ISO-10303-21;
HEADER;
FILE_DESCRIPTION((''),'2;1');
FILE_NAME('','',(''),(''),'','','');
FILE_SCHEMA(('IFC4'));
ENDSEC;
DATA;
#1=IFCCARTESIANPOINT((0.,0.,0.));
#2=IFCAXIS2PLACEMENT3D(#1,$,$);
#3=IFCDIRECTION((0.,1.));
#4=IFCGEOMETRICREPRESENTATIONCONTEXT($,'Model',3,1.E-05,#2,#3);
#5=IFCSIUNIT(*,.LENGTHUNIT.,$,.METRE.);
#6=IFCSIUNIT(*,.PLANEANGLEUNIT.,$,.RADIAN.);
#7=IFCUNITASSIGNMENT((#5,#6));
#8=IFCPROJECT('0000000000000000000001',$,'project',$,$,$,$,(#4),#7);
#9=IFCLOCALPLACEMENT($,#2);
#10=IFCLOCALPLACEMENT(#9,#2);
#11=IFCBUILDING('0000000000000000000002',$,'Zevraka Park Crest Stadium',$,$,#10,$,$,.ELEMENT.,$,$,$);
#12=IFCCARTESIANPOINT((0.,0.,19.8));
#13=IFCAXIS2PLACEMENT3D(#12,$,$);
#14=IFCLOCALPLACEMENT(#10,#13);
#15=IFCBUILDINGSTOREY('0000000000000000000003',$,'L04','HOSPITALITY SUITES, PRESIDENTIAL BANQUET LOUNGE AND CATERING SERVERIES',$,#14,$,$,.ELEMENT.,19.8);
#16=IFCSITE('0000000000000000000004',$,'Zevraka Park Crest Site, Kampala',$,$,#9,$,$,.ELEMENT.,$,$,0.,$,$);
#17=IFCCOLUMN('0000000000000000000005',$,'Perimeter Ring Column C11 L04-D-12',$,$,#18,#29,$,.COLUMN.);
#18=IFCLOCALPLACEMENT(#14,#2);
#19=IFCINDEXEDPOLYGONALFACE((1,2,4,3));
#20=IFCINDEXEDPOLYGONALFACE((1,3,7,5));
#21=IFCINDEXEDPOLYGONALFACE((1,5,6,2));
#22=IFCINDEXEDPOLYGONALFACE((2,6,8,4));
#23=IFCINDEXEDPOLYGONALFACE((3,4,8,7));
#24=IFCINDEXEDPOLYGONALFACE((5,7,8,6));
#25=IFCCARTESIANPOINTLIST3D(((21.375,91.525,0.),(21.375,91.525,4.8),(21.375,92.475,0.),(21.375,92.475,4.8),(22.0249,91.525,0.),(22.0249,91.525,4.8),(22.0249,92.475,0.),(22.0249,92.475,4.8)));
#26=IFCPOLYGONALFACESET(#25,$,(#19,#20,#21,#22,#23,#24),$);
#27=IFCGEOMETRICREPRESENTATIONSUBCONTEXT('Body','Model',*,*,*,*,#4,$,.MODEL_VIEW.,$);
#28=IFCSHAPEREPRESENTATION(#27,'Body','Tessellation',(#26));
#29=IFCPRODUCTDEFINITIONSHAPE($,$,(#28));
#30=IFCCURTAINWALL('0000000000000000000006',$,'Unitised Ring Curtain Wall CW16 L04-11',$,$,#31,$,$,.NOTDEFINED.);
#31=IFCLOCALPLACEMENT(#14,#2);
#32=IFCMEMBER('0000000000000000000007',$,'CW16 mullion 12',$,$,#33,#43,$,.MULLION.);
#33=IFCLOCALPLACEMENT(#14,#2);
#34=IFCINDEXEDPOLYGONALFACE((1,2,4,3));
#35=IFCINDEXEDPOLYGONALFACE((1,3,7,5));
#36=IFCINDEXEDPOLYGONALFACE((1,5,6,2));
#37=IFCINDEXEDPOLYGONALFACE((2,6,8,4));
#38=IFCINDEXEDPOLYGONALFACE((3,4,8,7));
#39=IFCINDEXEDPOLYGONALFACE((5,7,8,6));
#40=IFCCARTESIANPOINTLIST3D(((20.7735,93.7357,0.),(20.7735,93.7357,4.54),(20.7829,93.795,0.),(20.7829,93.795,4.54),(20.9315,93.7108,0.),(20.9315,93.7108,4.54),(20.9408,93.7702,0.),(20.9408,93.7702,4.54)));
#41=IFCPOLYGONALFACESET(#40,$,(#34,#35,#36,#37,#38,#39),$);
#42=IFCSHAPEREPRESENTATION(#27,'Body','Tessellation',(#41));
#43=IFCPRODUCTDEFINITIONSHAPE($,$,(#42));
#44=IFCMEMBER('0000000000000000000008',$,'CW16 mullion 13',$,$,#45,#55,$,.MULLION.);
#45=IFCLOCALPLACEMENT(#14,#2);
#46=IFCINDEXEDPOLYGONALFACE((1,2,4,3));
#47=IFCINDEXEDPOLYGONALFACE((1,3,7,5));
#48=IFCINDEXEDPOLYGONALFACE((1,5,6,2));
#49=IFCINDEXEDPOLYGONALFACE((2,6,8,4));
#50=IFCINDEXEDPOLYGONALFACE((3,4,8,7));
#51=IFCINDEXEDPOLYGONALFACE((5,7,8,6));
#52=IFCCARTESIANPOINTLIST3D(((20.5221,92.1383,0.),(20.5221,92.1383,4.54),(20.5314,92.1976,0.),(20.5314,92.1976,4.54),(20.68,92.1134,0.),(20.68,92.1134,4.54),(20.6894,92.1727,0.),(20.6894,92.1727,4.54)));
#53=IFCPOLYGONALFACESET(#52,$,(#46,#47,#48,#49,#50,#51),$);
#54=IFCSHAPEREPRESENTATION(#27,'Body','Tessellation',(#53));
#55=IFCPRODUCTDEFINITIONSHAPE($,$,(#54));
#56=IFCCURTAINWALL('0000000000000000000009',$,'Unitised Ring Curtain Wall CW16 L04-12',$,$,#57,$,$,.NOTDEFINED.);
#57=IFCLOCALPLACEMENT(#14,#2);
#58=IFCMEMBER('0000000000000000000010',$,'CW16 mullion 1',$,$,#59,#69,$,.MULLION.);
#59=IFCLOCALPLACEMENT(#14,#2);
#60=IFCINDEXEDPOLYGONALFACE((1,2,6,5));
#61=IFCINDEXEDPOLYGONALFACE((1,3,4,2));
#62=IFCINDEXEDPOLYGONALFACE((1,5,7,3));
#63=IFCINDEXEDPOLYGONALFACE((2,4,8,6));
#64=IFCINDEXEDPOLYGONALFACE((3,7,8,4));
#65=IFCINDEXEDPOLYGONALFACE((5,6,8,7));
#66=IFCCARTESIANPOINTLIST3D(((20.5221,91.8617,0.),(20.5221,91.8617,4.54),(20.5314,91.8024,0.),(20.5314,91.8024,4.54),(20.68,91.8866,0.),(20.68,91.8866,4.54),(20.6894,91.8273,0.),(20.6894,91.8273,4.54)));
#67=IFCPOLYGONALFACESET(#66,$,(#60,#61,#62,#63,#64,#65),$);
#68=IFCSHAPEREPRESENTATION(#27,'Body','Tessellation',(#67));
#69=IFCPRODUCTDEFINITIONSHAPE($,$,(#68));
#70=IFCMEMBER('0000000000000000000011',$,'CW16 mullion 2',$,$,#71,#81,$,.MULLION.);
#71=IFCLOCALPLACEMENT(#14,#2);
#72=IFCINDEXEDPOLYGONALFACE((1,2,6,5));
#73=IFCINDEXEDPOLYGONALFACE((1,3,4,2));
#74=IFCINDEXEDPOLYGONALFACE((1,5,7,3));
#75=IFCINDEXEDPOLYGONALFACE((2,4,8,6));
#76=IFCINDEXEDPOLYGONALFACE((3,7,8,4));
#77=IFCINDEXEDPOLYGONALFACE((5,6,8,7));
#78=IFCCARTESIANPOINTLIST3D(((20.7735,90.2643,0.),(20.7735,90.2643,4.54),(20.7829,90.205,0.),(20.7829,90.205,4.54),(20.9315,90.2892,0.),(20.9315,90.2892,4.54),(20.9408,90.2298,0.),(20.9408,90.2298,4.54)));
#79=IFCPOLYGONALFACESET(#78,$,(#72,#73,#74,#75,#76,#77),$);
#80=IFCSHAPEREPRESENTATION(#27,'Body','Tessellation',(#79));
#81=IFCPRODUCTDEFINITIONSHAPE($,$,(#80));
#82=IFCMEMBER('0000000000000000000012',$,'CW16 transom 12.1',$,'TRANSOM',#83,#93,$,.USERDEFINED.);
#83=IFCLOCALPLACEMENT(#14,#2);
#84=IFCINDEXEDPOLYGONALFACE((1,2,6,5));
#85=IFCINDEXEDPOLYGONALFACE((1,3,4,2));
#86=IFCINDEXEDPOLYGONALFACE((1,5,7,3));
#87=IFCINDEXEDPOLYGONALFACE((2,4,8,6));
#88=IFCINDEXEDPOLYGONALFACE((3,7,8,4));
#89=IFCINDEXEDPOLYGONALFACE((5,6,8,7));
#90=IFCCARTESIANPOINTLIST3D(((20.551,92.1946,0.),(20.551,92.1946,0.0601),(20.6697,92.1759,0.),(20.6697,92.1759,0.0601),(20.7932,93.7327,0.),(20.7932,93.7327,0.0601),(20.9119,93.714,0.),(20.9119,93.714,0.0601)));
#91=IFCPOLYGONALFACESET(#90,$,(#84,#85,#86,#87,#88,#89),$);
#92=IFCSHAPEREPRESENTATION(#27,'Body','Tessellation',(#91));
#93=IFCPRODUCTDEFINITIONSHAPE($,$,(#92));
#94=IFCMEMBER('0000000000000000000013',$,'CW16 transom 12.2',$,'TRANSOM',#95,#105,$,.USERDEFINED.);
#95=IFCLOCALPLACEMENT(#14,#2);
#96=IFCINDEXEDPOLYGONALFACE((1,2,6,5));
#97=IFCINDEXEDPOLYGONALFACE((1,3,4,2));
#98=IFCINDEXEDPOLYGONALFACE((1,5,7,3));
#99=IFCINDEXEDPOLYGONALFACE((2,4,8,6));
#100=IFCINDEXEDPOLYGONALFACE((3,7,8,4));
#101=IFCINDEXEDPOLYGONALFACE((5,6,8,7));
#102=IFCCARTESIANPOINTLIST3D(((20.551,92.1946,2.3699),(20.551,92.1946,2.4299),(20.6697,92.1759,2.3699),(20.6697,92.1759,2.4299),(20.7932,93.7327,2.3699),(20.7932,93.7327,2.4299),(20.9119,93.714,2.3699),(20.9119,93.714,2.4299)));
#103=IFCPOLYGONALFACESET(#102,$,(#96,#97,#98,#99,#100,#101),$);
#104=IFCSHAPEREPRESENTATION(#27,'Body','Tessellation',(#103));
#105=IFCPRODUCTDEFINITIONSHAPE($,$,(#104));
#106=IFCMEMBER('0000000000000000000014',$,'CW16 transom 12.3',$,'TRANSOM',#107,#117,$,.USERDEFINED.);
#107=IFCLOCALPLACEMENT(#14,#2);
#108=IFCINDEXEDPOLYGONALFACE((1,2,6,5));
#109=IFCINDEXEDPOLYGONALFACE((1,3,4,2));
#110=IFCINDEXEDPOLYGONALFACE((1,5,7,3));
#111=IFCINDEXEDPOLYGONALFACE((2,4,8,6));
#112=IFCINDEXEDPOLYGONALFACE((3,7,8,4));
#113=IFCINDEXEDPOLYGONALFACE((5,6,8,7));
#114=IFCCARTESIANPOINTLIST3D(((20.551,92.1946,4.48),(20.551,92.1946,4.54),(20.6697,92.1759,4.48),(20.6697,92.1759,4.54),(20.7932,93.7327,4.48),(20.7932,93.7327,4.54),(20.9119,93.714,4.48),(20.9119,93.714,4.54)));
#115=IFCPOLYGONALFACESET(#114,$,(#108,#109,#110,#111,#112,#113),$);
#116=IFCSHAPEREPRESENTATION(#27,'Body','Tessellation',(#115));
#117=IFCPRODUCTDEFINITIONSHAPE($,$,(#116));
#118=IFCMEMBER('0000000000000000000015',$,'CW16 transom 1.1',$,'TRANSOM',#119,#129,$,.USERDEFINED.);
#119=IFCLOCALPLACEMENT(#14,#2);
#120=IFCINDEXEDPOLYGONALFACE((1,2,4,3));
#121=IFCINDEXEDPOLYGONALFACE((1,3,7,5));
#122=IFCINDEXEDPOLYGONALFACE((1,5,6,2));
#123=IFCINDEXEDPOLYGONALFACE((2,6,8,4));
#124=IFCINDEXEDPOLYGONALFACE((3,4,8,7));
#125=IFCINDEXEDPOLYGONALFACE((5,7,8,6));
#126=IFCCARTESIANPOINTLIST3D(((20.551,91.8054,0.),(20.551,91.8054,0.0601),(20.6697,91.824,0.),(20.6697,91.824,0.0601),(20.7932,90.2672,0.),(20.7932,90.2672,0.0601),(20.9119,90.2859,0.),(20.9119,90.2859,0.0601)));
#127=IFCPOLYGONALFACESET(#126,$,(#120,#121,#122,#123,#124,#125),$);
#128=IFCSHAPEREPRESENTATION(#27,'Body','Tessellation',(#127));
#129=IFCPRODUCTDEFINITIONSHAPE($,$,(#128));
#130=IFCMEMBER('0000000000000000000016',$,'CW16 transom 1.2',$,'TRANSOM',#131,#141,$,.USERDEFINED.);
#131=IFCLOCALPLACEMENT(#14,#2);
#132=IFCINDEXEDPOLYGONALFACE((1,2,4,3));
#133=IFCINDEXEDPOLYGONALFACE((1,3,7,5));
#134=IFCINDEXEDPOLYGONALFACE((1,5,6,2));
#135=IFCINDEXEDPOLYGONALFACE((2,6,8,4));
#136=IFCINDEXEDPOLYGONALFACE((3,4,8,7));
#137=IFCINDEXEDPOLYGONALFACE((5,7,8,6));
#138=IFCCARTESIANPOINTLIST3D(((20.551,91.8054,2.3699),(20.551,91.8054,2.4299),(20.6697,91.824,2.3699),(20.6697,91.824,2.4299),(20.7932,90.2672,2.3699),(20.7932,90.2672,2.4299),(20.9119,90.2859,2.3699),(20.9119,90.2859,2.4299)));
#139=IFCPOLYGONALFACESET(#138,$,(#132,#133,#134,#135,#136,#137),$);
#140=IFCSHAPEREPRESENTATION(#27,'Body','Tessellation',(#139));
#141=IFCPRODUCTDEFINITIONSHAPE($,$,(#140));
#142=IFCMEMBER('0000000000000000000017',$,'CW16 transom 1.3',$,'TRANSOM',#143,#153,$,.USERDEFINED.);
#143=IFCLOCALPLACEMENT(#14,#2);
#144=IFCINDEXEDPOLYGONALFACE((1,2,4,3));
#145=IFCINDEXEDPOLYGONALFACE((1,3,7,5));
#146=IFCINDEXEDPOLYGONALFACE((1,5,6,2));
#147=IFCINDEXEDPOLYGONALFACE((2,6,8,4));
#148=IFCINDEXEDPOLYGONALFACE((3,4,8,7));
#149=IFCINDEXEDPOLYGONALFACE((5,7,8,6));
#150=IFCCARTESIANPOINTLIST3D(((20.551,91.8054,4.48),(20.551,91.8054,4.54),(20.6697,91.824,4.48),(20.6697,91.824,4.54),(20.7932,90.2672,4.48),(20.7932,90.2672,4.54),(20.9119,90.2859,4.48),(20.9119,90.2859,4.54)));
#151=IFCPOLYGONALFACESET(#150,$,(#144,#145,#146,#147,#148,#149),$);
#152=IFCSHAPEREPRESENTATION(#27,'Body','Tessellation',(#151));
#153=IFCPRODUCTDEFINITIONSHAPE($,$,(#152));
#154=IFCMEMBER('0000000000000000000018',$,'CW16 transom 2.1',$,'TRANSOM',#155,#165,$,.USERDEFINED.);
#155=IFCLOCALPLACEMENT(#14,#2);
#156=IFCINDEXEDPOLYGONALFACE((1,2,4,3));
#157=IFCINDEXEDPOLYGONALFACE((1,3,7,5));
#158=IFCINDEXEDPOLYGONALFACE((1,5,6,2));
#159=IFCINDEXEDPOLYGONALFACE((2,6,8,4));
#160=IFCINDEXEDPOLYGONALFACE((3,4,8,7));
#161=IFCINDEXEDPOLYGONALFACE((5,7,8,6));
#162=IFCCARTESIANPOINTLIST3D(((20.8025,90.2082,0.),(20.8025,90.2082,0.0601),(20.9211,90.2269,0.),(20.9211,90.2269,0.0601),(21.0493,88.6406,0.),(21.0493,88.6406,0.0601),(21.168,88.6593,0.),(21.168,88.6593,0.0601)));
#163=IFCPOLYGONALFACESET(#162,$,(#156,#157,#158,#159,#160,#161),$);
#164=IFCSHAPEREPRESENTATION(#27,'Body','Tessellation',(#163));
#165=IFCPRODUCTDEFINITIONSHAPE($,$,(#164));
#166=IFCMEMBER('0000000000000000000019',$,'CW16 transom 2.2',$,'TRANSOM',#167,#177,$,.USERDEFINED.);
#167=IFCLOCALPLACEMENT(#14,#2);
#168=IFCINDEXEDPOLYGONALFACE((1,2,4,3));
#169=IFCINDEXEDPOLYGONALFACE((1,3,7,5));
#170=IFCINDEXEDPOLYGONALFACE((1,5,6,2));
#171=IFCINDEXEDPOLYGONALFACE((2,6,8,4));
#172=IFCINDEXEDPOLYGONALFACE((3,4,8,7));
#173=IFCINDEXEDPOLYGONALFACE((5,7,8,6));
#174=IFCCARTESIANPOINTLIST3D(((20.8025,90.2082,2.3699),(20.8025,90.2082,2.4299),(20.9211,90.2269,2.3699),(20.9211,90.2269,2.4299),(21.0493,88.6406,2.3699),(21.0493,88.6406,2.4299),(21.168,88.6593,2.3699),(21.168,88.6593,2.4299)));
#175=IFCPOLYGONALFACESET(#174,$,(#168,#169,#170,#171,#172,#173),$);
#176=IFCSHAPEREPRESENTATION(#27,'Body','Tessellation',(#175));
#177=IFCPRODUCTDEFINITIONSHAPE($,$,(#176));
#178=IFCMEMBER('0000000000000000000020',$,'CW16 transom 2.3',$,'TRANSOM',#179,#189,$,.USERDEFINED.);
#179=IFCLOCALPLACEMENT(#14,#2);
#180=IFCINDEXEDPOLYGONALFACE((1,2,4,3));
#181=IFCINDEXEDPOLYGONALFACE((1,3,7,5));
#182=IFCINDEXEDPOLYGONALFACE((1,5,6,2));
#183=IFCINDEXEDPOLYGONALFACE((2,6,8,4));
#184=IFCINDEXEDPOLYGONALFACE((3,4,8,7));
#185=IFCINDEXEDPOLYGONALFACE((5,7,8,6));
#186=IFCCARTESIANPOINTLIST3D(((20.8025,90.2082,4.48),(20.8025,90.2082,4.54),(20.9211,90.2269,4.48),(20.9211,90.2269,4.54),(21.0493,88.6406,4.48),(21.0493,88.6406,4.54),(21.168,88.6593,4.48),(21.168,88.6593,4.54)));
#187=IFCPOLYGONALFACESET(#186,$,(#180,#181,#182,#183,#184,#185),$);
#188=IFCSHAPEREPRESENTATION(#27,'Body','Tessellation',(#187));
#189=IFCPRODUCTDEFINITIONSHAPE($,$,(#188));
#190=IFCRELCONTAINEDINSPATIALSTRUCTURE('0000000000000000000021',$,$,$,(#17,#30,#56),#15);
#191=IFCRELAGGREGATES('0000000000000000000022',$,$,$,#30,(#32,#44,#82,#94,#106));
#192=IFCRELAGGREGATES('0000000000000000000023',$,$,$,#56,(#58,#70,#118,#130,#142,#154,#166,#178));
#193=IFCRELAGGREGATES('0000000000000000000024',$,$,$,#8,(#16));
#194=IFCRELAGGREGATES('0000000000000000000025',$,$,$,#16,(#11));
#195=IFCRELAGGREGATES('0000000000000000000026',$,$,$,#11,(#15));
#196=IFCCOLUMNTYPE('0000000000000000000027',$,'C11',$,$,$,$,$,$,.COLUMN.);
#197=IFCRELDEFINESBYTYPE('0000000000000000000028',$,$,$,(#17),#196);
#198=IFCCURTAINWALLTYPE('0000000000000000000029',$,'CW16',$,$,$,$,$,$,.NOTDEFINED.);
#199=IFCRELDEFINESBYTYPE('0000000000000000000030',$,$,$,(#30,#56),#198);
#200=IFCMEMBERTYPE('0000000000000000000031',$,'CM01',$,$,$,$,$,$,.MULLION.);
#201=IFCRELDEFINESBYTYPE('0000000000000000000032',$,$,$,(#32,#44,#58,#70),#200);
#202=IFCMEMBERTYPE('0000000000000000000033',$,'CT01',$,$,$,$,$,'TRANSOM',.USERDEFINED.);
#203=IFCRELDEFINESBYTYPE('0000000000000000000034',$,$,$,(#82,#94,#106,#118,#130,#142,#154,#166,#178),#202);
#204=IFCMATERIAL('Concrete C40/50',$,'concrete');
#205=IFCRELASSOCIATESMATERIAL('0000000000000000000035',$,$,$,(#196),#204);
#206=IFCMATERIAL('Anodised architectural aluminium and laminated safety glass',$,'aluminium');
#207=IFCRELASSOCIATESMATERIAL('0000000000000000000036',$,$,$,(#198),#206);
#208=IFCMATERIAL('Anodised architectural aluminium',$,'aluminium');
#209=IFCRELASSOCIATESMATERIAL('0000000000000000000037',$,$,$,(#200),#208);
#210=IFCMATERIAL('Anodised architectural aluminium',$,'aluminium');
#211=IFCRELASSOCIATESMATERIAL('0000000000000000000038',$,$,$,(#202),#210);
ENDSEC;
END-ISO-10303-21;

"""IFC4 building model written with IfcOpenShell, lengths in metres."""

from ifc_helpers import new_model, si_unit, direction, frame, origin, origin_2d, place, context, subcontext, project, spatial, rectangle, extrude, material, material_profile, profile_set, type_object, element, aggregate, save


model = new_model("IFC4")

# Units and contexts
model_context = context("Model", 3, precision=1e-05, world=origin(), true_north=direction((0.0, 1.0)))
body_context = subcontext(model_context, "Body", "Model", "MODEL_VIEW")
ifc_project = project(units=[si_unit("LENGTHUNIT", "METRE"), si_unit("PLANEANGLEUNIT", "RADIAN")], contexts=[model_context])

# Site, building, storey
site_placement = place(None, origin())
site = spatial("IfcSite", under=ifc_project, at=site_placement, Name="Zevraka Park Crest Site, Kampala", CompositionType="ELEMENT", RefElevation=0.0)
building_placement = place(site_placement, origin())
building = spatial("IfcBuilding", under=site, at=building_placement, Name="Zevraka Park Crest Stadium", CompositionType="ELEMENT")
storey_placement = place(building_placement, frame((0.0, 0.0, 19.8)))
storey = spatial("IfcBuildingStorey", under=building, at=storey_placement, Name="L04", Description="HOSPITALITY SUITES, PRESIDENTIAL BANQUET LOUNGE AND CATERING SERVERIES", CompositionType="ELEMENT", Elevation=19.8)

# Column
ifc_material_1 = material(Name="Concrete C40/50", Category="concrete")
ifc_material_profile_1 = material_profile(ifc_material_1, rectangle(XDim=0.6499, YDim=0.95, at=origin_2d()), Name="RC 950x650")
ifc_profile_set_1 = profile_set([ifc_material_profile_1], Name="Concrete C40/50")
column_type = type_object("IfcColumnType", Name="C11", PredefinedType="COLUMN", material=ifc_profile_set_1)
column_placement = place(storey_placement, frame((21.7, 92.0, 0.0), z_axis=(0.0, 0.0, 1.0), x_axis=(1.0, 0.0, 0.0)))
element("IfcColumn", 1, at=column_placement, inside=storey, type_object=column_type, Name="Perimeter Ring Column C11 L04-D-12", PredefinedType="COLUMN", context=body_context, shape_type="SweptSolid", body=[
    extrude(rectangle(XDim=0.6499, YDim=0.95, at=origin_2d()), origin(), (0.0, 0.0, 1.0), 4.8),
])

# Curtain walls, members
ifc_material_2 = material(Name="Anodised architectural aluminium and laminated safety glass", Category="aluminium")
curtain_wall_type = type_object("IfcCurtainWallType", Name="CW16", PredefinedType="NOTDEFINED", material=ifc_material_2)
curtain_wall_1_placement = place(storey_placement, origin())
curtain_wall_1 = element("IfcCurtainWall", 2, at=curtain_wall_1_placement, inside=storey, type_object=curtain_wall_type, Name="Unitised Ring Curtain Wall CW16 L04-11", PredefinedType="NOTDEFINED")
ifc_material_3 = material(Name="Anodised architectural aluminium", Category="aluminium")
ifc_material_profile_2 = material_profile(ifc_material_3, rectangle(XDim=0.1599, YDim=0.0601, at=origin_2d()), Name="ALU MULLION 160x60")
ifc_profile_set_2 = profile_set([ifc_material_profile_2], Name="Anodised architectural aluminium")
member_type_1 = type_object("IfcMemberType", Name="CM01", PredefinedType="MULLION", material=ifc_profile_set_2)
member_1_placement = place(storey_placement, frame((20.8572, 93.7529, 0.0), z_axis=(0.0, 0.0, 1.0), x_axis=(0.98783, -0.155539, 0.0)))
member_1 = element("IfcMember", 3, at=member_1_placement, type_object=member_type_1, Name="CW16 mullion 12", PredefinedType="MULLION", context=body_context, shape_type="SweptSolid", body=[
    extrude(rectangle(XDim=0.1599, YDim=0.0601, at=origin_2d()), origin(), (0.0, 0.0, 1.0), 4.54),
])
member_2_placement = place(storey_placement, frame((20.6057, 92.1555, 0.0), z_axis=(0.0, 0.0, 1.0), x_axis=(0.98783, -0.155539, 0.0)))
member_2 = element("IfcMember", 4, at=member_2_placement, type_object=member_type_1, Name="CW16 mullion 13", PredefinedType="MULLION", context=body_context, shape_type="SweptSolid", body=[
    extrude(rectangle(XDim=0.1599, YDim=0.0601, at=origin_2d()), origin(), (0.0, 0.0, 1.0), 4.54),
])
curtain_wall_2_placement = place(storey_placement, origin())
curtain_wall_2 = element("IfcCurtainWall", 5, at=curtain_wall_2_placement, inside=storey, type_object=curtain_wall_type, Name="Unitised Ring Curtain Wall CW16 L04-12", PredefinedType="NOTDEFINED")
member_3_placement = place(storey_placement, frame((20.6057, 91.8445, 0.0), z_axis=(0.0, 0.0, 1.0), x_axis=(0.98783, 0.155539, 0.0)))
member_3 = element("IfcMember", 6, at=member_3_placement, type_object=member_type_1, Name="CW16 mullion 1", PredefinedType="MULLION", context=body_context, shape_type="SweptSolid", body=[
    extrude(rectangle(XDim=0.1599, YDim=0.0601, at=origin_2d()), origin(), (0.0, 0.0, 1.0), 4.54),
])
member_4_placement = place(storey_placement, frame((20.8572, 90.2471, 0.0), z_axis=(0.0, 0.0, 1.0), x_axis=(0.98783, 0.155539, 0.0)))
member_4 = element("IfcMember", 7, at=member_4_placement, type_object=member_type_1, Name="CW16 mullion 2", PredefinedType="MULLION", context=body_context, shape_type="SweptSolid", body=[
    extrude(rectangle(XDim=0.1599, YDim=0.0601, at=origin_2d()), origin(), (0.0, 0.0, 1.0), 4.54),
])

# Members
ifc_material_4 = material(Name="Anodised architectural aluminium", Category="aluminium")
ifc_material_profile_3 = material_profile(ifc_material_4, rectangle(XDim=0.1201, YDim=0.0601, at=origin_2d()), Name="ALU TRANSOM 120x60")
ifc_profile_set_3 = profile_set([ifc_material_profile_3], Name="Anodised architectural aluminium")
member_type_2 = type_object("IfcMemberType", Name="CT01", ElementType="TRANSOM", PredefinedType="USERDEFINED", material=ifc_profile_set_3)
member_5_placement = place(storey_placement, frame((20.8525, 93.7234, 0.03), z_axis=(-0.155544, -0.987829, 0.0), x_axis=(0.987829, -0.155544, 0.0)))
member_5 = element("IfcMember", 8, at=member_5_placement, type_object=member_type_2, Name="CW16 transom 12.1", ObjectType="TRANSOM", PredefinedType="USERDEFINED", context=body_context, shape_type="SweptSolid", body=[
    extrude(rectangle(XDim=0.1201, YDim=0.0601, at=origin_2d()), origin(), (0.0, 0.0, 1.0), 1.5571),
])
member_6_placement = place(storey_placement, frame((20.8525, 93.7234, 2.3999), z_axis=(-0.155544, -0.987829, 0.0), x_axis=(0.987829, -0.155544, 0.0)))
member_6 = element("IfcMember", 9, at=member_6_placement, type_object=member_type_2, Name="CW16 transom 12.2", ObjectType="TRANSOM", PredefinedType="USERDEFINED", context=body_context, shape_type="SweptSolid", body=[
    extrude(rectangle(XDim=0.1201, YDim=0.0601, at=origin_2d()), origin(), (0.0, 0.0, 1.0), 1.5571),
])
member_7_placement = place(storey_placement, frame((20.8525, 93.7234, 4.51), z_axis=(-0.155544, -0.987829, 0.0), x_axis=(0.987829, -0.155544, 0.0)))
member_7 = element("IfcMember", 10, at=member_7_placement, type_object=member_type_2, Name="CW16 transom 12.3", ObjectType="TRANSOM", PredefinedType="USERDEFINED", context=body_context, shape_type="SweptSolid", body=[
    extrude(rectangle(XDim=0.1201, YDim=0.0601, at=origin_2d()), origin(), (0.0, 0.0, 1.0), 1.5571),
])
member_8_placement = place(storey_placement, frame((20.6104, 91.8147, 0.03), z_axis=(0.155544, -0.987829, 0.0), x_axis=(0.987829, 0.155544, 0.0)))
member_8 = element("IfcMember", 11, at=member_8_placement, type_object=member_type_2, Name="CW16 transom 1.1", ObjectType="TRANSOM", PredefinedType="USERDEFINED", context=body_context, shape_type="SweptSolid", body=[
    extrude(rectangle(XDim=0.1201, YDim=0.0601, at=origin_2d()), origin(), (0.0, 0.0, 1.0), 1.5571),
])
member_9_placement = place(storey_placement, frame((20.6104, 91.8147, 2.3999), z_axis=(0.155544, -0.987829, 0.0), x_axis=(0.987829, 0.155544, 0.0)))
member_9 = element("IfcMember", 12, at=member_9_placement, type_object=member_type_2, Name="CW16 transom 1.2", ObjectType="TRANSOM", PredefinedType="USERDEFINED", context=body_context, shape_type="SweptSolid", body=[
    extrude(rectangle(XDim=0.1201, YDim=0.0601, at=origin_2d()), origin(), (0.0, 0.0, 1.0), 1.5571),
])
member_10_placement = place(storey_placement, frame((20.6104, 91.8147, 4.51), z_axis=(0.155544, -0.987829, 0.0), x_axis=(0.987829, 0.155544, 0.0)))
member_10 = element("IfcMember", 13, at=member_10_placement, type_object=member_type_2, Name="CW16 transom 1.3", ObjectType="TRANSOM", PredefinedType="USERDEFINED", context=body_context, shape_type="SweptSolid", body=[
    extrude(rectangle(XDim=0.1201, YDim=0.0601, at=origin_2d()), origin(), (0.0, 0.0, 1.0), 1.5571),
])
member_11_placement = place(storey_placement, frame((20.8618, 90.2175, 0.03), z_axis=(0.155536, -0.98783, 0.0), x_axis=(0.98783, 0.155536, 0.0)))
member_11 = element("IfcMember", 14, at=member_11_placement, type_object=member_type_2, Name="CW16 transom 2.1", ObjectType="TRANSOM", PredefinedType="USERDEFINED", context=body_context, shape_type="SweptSolid", body=[
    extrude(rectangle(XDim=0.1201, YDim=0.0601, at=origin_2d()), origin(), (0.0, 0.0, 1.0), 1.5869),
])
member_12_placement = place(storey_placement, frame((20.8618, 90.2175, 2.3999), z_axis=(0.155536, -0.98783, 0.0), x_axis=(0.98783, 0.155536, 0.0)))
member_12 = element("IfcMember", 15, at=member_12_placement, type_object=member_type_2, Name="CW16 transom 2.2", ObjectType="TRANSOM", PredefinedType="USERDEFINED", context=body_context, shape_type="SweptSolid", body=[
    extrude(rectangle(XDim=0.1201, YDim=0.0601, at=origin_2d()), origin(), (0.0, 0.0, 1.0), 1.5869),
])
member_13_placement = place(storey_placement, frame((20.8618, 90.2175, 4.51), z_axis=(0.155536, -0.98783, 0.0), x_axis=(0.98783, 0.155536, 0.0)))
member_13 = element("IfcMember", 16, at=member_13_placement, type_object=member_type_2, Name="CW16 transom 2.3", ObjectType="TRANSOM", PredefinedType="USERDEFINED", context=body_context, shape_type="SweptSolid", body=[
    extrude(rectangle(XDim=0.1201, YDim=0.0601, at=origin_2d()), origin(), (0.0, 0.0, 1.0), 1.5869),
])

aggregate(curtain_wall_1, [member_1, member_2, member_5, member_6, member_7])
aggregate(curtain_wall_2, [member_3, member_4, member_8, member_9, member_10, member_11, member_12, member_13])

save(model, "model.ifc")
